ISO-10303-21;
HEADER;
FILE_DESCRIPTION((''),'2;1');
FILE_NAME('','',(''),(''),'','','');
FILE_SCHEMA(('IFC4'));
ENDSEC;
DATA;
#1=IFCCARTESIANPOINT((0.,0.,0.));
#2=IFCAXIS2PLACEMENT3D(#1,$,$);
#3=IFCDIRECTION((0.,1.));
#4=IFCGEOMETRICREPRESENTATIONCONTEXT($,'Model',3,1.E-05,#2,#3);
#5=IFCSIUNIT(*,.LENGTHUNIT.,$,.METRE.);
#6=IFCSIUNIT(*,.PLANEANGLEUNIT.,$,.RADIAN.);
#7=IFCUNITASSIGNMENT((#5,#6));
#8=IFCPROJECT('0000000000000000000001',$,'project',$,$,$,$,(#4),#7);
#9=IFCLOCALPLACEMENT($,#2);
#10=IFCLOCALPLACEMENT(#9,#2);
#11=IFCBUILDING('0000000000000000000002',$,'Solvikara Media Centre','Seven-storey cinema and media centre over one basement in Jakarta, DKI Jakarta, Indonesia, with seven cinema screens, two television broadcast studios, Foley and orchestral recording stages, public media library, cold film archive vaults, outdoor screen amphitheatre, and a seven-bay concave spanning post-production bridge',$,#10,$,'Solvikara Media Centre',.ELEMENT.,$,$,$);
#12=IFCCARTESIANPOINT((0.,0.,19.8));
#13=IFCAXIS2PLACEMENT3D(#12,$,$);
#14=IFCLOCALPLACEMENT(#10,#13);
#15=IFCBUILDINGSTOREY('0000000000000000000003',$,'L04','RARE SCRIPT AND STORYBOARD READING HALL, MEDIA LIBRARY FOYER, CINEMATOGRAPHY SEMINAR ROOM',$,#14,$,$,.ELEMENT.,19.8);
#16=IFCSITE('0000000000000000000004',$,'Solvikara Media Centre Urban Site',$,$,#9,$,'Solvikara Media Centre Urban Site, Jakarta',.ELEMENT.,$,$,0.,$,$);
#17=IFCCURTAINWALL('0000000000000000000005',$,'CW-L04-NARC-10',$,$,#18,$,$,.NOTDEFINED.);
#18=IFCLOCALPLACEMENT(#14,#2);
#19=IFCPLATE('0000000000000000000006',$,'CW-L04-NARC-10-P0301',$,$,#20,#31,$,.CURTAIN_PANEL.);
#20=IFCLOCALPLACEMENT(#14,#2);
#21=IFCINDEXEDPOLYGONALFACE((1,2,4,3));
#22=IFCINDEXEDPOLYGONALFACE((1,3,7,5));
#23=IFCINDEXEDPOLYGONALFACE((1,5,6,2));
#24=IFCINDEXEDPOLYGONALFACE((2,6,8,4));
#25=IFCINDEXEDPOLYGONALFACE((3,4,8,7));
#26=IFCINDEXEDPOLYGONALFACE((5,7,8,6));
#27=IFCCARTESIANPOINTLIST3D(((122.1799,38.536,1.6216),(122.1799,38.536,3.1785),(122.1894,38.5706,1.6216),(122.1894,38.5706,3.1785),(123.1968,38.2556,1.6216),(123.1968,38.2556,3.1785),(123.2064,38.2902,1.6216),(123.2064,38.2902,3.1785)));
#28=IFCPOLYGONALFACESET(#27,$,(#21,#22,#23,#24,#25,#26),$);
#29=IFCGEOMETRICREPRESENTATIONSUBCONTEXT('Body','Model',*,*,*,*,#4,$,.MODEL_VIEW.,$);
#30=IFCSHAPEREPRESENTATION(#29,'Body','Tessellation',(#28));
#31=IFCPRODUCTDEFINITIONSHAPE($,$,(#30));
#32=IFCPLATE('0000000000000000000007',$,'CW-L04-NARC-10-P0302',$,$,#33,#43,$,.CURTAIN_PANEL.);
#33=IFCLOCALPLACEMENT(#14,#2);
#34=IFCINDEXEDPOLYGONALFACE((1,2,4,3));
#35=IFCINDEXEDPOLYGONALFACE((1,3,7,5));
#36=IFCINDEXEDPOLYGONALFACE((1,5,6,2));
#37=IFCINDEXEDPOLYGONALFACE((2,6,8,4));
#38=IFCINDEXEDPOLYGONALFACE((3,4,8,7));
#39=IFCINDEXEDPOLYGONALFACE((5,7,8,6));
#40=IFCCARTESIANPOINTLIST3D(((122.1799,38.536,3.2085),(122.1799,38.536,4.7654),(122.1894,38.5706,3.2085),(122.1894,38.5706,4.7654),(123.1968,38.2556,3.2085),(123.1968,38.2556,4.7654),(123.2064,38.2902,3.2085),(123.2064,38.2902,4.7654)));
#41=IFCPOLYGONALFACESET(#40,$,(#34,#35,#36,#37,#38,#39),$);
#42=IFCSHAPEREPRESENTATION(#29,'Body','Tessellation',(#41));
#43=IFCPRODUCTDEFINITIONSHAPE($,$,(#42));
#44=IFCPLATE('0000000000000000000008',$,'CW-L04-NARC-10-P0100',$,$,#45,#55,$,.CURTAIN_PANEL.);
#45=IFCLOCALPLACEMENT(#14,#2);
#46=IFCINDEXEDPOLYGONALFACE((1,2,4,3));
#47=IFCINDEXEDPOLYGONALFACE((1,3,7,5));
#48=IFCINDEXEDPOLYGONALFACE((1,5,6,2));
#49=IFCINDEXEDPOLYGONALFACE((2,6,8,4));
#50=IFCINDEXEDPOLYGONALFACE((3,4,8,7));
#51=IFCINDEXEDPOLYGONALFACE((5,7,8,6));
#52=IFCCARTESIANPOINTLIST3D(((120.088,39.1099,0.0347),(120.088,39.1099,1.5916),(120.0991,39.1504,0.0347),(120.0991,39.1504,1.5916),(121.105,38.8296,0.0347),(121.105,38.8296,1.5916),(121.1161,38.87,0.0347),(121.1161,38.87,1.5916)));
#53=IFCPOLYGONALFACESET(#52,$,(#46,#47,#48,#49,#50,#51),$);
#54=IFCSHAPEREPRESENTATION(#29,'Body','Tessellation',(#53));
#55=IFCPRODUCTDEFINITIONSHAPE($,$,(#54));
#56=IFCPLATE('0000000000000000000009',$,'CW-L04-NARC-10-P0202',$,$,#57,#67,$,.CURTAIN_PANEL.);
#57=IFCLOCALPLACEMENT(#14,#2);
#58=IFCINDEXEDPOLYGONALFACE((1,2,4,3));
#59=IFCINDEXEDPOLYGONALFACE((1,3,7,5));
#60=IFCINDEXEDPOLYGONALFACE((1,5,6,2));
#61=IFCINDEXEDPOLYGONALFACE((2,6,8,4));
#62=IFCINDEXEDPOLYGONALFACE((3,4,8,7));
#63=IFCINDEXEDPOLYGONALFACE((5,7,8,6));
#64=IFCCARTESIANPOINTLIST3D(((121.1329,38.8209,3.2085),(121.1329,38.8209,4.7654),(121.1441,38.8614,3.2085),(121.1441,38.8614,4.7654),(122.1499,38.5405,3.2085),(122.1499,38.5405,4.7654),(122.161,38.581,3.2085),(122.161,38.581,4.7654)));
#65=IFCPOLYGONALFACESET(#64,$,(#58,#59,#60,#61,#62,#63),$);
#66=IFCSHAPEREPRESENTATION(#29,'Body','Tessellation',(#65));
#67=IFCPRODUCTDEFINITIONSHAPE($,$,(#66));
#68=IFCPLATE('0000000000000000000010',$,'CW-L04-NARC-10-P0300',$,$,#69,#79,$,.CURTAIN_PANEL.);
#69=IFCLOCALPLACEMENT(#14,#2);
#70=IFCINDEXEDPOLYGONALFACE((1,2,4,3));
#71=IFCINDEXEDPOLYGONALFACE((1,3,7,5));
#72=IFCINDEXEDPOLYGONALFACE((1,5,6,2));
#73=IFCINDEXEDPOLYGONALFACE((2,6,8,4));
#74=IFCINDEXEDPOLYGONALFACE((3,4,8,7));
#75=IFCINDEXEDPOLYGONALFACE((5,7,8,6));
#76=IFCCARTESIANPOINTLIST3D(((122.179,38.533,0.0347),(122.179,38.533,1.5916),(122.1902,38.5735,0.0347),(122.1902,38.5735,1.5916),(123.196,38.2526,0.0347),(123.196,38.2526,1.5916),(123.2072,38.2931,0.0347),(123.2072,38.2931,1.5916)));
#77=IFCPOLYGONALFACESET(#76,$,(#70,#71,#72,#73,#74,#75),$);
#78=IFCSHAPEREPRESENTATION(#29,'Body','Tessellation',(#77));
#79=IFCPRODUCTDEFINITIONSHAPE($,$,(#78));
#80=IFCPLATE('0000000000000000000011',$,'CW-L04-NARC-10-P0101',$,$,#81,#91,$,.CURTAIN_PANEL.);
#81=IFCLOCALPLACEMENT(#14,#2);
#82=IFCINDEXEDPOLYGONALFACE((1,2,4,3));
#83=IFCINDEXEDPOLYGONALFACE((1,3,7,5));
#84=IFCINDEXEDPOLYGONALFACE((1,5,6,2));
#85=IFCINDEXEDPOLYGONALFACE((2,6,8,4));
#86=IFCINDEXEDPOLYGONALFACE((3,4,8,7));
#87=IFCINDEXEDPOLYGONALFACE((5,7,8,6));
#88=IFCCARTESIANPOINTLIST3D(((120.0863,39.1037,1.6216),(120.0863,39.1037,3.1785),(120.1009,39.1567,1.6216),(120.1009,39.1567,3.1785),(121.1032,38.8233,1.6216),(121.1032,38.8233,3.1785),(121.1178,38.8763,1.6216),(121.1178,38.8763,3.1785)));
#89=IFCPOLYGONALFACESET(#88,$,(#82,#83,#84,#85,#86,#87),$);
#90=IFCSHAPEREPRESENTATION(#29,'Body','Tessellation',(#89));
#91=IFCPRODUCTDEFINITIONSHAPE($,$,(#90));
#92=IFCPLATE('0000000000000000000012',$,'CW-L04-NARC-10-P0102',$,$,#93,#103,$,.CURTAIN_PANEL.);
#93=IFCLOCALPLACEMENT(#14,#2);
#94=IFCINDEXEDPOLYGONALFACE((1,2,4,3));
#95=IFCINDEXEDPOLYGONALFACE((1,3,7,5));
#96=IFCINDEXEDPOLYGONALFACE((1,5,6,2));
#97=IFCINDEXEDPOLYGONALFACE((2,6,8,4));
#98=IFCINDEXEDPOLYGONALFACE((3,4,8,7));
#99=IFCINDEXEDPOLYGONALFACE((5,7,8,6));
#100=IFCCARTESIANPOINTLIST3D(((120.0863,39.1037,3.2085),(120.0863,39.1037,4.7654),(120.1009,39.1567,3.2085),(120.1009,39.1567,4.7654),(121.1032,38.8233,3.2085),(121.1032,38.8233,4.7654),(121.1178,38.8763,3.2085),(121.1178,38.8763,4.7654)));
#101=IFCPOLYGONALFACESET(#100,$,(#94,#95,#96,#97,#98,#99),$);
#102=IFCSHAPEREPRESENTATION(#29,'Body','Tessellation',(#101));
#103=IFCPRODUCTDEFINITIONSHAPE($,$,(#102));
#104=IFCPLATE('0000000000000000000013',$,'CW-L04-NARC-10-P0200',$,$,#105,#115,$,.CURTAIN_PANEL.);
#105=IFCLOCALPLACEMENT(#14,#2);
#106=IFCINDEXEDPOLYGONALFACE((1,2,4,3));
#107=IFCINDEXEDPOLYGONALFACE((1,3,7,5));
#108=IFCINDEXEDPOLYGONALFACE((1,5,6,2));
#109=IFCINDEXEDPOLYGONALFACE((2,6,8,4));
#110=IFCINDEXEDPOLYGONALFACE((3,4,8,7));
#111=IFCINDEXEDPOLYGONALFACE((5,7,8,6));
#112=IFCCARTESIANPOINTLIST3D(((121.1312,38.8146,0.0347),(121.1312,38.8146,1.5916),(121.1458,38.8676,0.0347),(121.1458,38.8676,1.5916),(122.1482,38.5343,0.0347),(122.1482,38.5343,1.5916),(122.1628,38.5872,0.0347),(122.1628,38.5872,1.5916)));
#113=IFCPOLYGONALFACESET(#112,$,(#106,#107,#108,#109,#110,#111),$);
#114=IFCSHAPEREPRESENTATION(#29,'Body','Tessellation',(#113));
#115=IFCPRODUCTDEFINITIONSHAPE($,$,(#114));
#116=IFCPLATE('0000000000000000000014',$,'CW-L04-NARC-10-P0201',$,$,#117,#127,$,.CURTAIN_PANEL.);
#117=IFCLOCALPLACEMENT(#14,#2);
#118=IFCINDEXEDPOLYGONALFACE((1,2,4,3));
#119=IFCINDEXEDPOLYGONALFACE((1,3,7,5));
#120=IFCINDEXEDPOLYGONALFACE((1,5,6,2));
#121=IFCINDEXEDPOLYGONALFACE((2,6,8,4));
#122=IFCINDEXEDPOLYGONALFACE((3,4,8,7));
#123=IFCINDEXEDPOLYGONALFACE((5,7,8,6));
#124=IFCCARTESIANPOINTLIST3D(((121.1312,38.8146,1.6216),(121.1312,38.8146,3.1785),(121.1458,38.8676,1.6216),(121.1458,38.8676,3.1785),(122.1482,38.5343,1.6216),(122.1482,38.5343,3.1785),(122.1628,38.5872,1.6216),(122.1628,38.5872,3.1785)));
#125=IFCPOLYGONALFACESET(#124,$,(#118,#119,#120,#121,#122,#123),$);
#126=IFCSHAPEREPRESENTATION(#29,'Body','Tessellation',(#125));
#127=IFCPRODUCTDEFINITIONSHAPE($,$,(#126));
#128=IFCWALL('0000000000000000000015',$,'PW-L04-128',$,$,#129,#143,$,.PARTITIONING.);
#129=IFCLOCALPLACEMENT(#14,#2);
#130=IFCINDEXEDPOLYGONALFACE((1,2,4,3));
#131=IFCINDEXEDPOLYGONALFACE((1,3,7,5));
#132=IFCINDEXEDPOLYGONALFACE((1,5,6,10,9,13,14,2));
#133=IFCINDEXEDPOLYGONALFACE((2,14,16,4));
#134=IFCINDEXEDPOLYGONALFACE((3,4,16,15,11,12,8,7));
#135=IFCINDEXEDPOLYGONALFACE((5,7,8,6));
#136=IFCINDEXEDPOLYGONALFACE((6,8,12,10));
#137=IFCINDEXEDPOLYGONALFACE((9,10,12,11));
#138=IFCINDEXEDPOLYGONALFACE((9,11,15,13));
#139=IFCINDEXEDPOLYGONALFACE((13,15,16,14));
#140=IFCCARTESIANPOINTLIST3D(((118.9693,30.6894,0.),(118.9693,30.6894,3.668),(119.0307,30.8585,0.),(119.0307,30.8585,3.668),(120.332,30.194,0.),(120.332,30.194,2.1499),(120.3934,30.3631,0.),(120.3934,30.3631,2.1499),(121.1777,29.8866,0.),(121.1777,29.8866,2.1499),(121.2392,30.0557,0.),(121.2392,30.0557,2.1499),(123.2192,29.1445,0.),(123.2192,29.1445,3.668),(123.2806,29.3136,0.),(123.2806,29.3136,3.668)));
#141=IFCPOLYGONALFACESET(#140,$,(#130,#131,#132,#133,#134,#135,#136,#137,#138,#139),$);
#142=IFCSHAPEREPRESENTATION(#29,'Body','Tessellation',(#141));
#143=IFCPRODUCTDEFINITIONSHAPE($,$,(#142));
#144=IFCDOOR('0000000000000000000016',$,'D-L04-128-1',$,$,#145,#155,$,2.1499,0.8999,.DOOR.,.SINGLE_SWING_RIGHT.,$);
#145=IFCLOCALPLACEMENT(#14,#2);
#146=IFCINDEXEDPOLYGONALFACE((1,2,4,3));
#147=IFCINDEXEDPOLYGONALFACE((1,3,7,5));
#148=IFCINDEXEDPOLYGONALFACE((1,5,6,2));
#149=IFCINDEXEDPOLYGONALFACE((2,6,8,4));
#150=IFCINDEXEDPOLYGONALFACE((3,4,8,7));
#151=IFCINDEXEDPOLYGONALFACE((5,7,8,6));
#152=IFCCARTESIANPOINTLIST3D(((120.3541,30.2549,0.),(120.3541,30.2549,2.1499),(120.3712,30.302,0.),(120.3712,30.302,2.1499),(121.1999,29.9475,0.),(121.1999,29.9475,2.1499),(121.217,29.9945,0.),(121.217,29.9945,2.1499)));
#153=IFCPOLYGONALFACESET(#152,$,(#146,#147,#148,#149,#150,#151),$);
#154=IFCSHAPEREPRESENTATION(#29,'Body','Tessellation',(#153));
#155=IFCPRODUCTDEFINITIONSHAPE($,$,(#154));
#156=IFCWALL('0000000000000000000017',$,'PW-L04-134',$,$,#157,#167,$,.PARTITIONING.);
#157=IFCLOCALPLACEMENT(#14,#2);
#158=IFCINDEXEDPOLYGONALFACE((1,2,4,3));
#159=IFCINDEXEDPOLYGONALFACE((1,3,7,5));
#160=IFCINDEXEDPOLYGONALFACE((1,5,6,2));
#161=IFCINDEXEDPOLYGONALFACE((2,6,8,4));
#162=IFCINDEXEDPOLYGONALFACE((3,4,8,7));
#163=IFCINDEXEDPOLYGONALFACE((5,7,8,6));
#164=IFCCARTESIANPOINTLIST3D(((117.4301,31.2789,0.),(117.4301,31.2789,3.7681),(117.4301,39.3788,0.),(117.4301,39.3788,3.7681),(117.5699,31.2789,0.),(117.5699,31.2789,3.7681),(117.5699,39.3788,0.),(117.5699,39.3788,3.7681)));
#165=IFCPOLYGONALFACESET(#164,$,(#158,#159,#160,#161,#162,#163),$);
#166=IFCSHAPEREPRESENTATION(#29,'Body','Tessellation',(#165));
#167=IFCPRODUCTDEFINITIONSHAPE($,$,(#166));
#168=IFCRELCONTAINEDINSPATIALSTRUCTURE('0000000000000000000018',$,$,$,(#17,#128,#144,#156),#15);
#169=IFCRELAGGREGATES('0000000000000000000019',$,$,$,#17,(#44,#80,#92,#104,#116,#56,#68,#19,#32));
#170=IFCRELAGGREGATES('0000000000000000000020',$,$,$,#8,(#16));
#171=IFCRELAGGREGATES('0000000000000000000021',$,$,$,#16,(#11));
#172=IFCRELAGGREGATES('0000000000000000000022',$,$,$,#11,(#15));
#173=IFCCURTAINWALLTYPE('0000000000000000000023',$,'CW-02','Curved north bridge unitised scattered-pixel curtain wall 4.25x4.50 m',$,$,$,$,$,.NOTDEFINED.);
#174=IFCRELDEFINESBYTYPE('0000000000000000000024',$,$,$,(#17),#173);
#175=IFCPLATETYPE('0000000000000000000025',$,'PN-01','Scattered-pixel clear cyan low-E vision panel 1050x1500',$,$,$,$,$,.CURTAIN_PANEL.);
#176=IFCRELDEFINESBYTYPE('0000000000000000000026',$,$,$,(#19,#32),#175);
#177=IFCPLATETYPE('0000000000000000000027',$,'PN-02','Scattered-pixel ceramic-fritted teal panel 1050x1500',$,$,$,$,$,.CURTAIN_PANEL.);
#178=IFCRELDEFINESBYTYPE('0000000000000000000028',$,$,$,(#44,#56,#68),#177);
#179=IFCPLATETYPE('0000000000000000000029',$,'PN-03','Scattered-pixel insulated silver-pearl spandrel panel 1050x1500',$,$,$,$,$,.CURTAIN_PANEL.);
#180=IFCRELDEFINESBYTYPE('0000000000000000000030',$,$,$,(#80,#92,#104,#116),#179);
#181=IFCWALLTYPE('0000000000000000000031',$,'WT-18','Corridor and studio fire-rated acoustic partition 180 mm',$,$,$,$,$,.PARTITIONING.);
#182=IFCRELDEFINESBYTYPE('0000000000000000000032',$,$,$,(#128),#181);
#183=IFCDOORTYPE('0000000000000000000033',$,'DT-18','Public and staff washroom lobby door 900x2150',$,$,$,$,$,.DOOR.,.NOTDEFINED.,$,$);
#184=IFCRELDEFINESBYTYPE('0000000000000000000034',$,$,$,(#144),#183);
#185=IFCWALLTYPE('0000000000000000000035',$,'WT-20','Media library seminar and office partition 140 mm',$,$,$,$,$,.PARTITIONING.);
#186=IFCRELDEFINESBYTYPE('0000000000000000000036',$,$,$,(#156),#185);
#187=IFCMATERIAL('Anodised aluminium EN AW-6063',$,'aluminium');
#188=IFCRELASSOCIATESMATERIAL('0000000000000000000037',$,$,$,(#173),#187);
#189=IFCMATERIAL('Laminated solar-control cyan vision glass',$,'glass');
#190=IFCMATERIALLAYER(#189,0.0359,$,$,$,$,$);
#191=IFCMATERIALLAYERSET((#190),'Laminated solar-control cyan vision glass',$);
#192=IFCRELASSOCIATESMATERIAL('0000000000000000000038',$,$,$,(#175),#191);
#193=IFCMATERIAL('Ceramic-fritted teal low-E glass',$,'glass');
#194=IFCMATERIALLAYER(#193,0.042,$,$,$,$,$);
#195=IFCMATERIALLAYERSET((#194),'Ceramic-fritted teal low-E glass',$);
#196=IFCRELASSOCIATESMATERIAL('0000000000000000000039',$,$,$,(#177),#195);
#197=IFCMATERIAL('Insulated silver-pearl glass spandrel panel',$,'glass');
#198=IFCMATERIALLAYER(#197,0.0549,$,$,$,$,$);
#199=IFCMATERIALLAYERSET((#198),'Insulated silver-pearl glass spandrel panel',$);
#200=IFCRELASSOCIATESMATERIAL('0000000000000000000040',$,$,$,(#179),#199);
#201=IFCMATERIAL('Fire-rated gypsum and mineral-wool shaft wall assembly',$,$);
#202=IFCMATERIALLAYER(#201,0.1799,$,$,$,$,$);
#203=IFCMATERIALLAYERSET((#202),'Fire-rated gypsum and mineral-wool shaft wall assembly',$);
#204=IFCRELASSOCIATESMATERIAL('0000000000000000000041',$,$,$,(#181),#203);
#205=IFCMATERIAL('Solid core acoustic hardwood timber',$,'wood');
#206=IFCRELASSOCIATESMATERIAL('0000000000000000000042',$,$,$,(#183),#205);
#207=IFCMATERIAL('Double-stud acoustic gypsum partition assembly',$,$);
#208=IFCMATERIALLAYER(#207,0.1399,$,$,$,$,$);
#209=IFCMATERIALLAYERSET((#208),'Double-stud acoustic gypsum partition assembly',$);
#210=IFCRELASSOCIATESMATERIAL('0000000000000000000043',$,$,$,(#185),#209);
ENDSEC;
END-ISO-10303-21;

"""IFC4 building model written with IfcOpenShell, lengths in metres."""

from ifc_helpers import new_model, si_unit, direction, frame, frame_2d, origin, origin_2d, place, context, subcontext, project, spatial, rectangle, extrude, material, layer, layer_set, type_object, element, fill, aggregate, save


model = new_model("IFC4")

# Units and contexts
model_context = context("Model", 3, precision=1e-05, world=origin(), true_north=direction((0.0, 1.0)))
body_context = subcontext(model_context, "Body", "Model", "MODEL_VIEW")
ifc_project = project(units=[si_unit("LENGTHUNIT", "METRE"), si_unit("PLANEANGLEUNIT", "RADIAN")], contexts=[model_context])

# Site, building, storey
site_placement = place(None, origin())
site = spatial("IfcSite", under=ifc_project, at=site_placement, Name="Solvikara Media Centre Urban Site", LongName="Solvikara Media Centre Urban Site, Jakarta", CompositionType="ELEMENT", RefElevation=0.0)
building_placement = place(site_placement, origin())
building = spatial("IfcBuilding", under=site, at=building_placement, Name="Solvikara Media Centre", Description="Seven-storey cinema and media centre over one basement in Jakarta, DKI Jakarta, Indonesia, with seven cinema screens, two television broadcast studios, Foley and orchestral recording stages, public media library, cold film archive vaults, outdoor screen amphitheatre, and a seven-bay concave spanning post-production bridge", LongName="Solvikara Media Centre", CompositionType="ELEMENT")
storey_placement = place(building_placement, frame((0.0, 0.0, 19.8)))
storey = spatial("IfcBuildingStorey", under=building, at=storey_placement, Name="L04", Description="RARE SCRIPT AND STORYBOARD READING HALL, MEDIA LIBRARY FOYER, CINEMATOGRAPHY SEMINAR ROOM", CompositionType="ELEMENT", Elevation=19.8)

# Curtain wall
ifc_material_1 = material(Name="Anodised aluminium EN AW-6063", Category="aluminium")
curtain_wall_type = type_object("IfcCurtainWallType", Name="CW-02", Description="Curved north bridge unitised scattered-pixel curtain wall 4.25x4.50 m", PredefinedType="NOTDEFINED", material=ifc_material_1)
curtain_wall_placement = place(storey_placement, origin())
curtain_wall = element("IfcCurtainWall", 1, at=curtain_wall_placement, inside=storey, type_object=curtain_wall_type, Name="CW-L04-NARC-10", PredefinedType="NOTDEFINED")

# Plates
ifc_material_2 = material(Name="Laminated solar-control cyan vision glass", Category="glass")
ifc_layer_1 = layer(ifc_material_2, 0.0359)
ifc_layer_set_1 = layer_set([ifc_layer_1], Name="Laminated solar-control cyan vision glass")
plate_type_1 = type_object("IfcPlateType", Name="PN-01", Description="Scattered-pixel clear cyan low-E vision panel 1050x1500", PredefinedType="CURTAIN_PANEL", material=ifc_layer_set_1)
plate_1_placement = place(storey_placement, frame((122.6931, 38.4131, 1.6216), z_axis=(0.0, 0.0, 1.0), x_axis=(0.96403, -0.265792, 0.0)))
plate_1 = element("IfcPlate", 2, at=plate_1_placement, type_object=plate_type_1, Name="CW-L04-NARC-10-P0301", PredefinedType="CURTAIN_PANEL", context=body_context, shape_type="SweptSolid", body=[
    extrude(rectangle(XDim=1.0549, YDim=0.0359, at=origin_2d()), origin(), (0.0, 0.0, 1.0), 1.5569),
])
plate_2_placement = place(storey_placement, frame((122.6931, 38.4131, 3.2085), z_axis=(0.0, 0.0, 1.0), x_axis=(0.96403, -0.265792, 0.0)))
plate_2 = element("IfcPlate", 3, at=plate_2_placement, type_object=plate_type_1, Name="CW-L04-NARC-10-P0302", PredefinedType="CURTAIN_PANEL", context=body_context, shape_type="SweptSolid", body=[
    extrude(rectangle(XDim=1.0549, YDim=0.0359, at=origin_2d()), origin(), (0.0, 0.0, 1.0), 1.5569),
])
ifc_material_3 = material(Name="Ceramic-fritted teal low-E glass", Category="glass")
ifc_layer_2 = layer(ifc_material_3, 0.042)
ifc_layer_set_2 = layer_set([ifc_layer_2], Name="Ceramic-fritted teal low-E glass")
plate_type_2 = type_object("IfcPlateType", Name="PN-02", Description="Scattered-pixel ceramic-fritted teal panel 1050x1500", PredefinedType="CURTAIN_PANEL", material=ifc_layer_set_2)
plate_3_placement = place(storey_placement, frame((120.6021, 38.99, 0.0347), z_axis=(0.0, 0.0, 1.0), x_axis=(0.96403, -0.265792, 0.0)))
plate_3 = element("IfcPlate", 4, at=plate_3_placement, type_object=plate_type_2, Name="CW-L04-NARC-10-P0100", PredefinedType="CURTAIN_PANEL", context=body_context, shape_type="SweptSolid", body=[
    extrude(rectangle(XDim=1.0549, YDim=0.042, at=origin_2d()), origin(), (0.0, 0.0, 1.0), 1.5569),
])
plate_4_placement = place(storey_placement, frame((121.647, 38.7009, 3.2085), z_axis=(0.0, 0.0, 1.0), x_axis=(0.96403, -0.265792, 0.0)))
plate_4 = element("IfcPlate", 5, at=plate_4_placement, type_object=plate_type_2, Name="CW-L04-NARC-10-P0202", PredefinedType="CURTAIN_PANEL", context=body_context, shape_type="SweptSolid", body=[
    extrude(rectangle(XDim=1.0549, YDim=0.042, at=origin_2d()), origin(), (0.0, 0.0, 1.0), 1.5569),
])
plate_5_placement = place(storey_placement, frame((122.6931, 38.4131, 0.0347), z_axis=(0.0, 0.0, 1.0), x_axis=(0.96403, -0.265792, 0.0)))
plate_5 = element("IfcPlate", 6, at=plate_5_placement, type_object=plate_type_2, Name="CW-L04-NARC-10-P0300", PredefinedType="CURTAIN_PANEL", context=body_context, shape_type="SweptSolid", body=[
    extrude(rectangle(XDim=1.0549, YDim=0.042, at=origin_2d()), origin(), (0.0, 0.0, 1.0), 1.5569),
])
ifc_material_4 = material(Name="Insulated silver-pearl glass spandrel panel", Category="glass")
ifc_layer_3 = layer(ifc_material_4, 0.0549)
ifc_layer_set_3 = layer_set([ifc_layer_3], Name="Insulated silver-pearl glass spandrel panel")
plate_type_3 = type_object("IfcPlateType", Name="PN-03", Description="Scattered-pixel insulated silver-pearl spandrel panel 1050x1500", PredefinedType="CURTAIN_PANEL", material=ifc_layer_set_3)
plate_6_placement = place(storey_placement, frame((120.6021, 38.99, 1.6216), z_axis=(0.0, 0.0, 1.0), x_axis=(0.96403, -0.265792, 0.0)))
plate_6 = element("IfcPlate", 7, at=plate_6_placement, type_object=plate_type_3, Name="CW-L04-NARC-10-P0101", PredefinedType="CURTAIN_PANEL", context=body_context, shape_type="SweptSolid", body=[
    extrude(rectangle(XDim=1.0549, YDim=0.0549, at=origin_2d()), origin(), (0.0, 0.0, 1.0), 1.5569),
])
plate_7_placement = place(storey_placement, frame((120.6021, 38.99, 3.2085), z_axis=(0.0, 0.0, 1.0), x_axis=(0.96403, -0.265792, 0.0)))
plate_7 = element("IfcPlate", 8, at=plate_7_placement, type_object=plate_type_3, Name="CW-L04-NARC-10-P0102", PredefinedType="CURTAIN_PANEL", context=body_context, shape_type="SweptSolid", body=[
    extrude(rectangle(XDim=1.0549, YDim=0.0549, at=origin_2d()), origin(), (0.0, 0.0, 1.0), 1.5569),
])
plate_8_placement = place(storey_placement, frame((121.647, 38.7009, 0.0347), z_axis=(0.0, 0.0, 1.0), x_axis=(0.96403, -0.265792, 0.0)))
plate_8 = element("IfcPlate", 9, at=plate_8_placement, type_object=plate_type_3, Name="CW-L04-NARC-10-P0200", PredefinedType="CURTAIN_PANEL", context=body_context, shape_type="SweptSolid", body=[
    extrude(rectangle(XDim=1.0549, YDim=0.0549, at=origin_2d()), origin(), (0.0, 0.0, 1.0), 1.5569),
])
plate_9_placement = place(storey_placement, frame((121.647, 38.7009, 1.6216), z_axis=(0.0, 0.0, 1.0), x_axis=(0.96403, -0.265792, 0.0)))
plate_9 = element("IfcPlate", 10, at=plate_9_placement, type_object=plate_type_3, Name="CW-L04-NARC-10-P0201", PredefinedType="CURTAIN_PANEL", context=body_context, shape_type="SweptSolid", body=[
    extrude(rectangle(XDim=1.0549, YDim=0.0549, at=origin_2d()), origin(), (0.0, 0.0, 1.0), 1.5569),
])
aggregate(curtain_wall, [plate_3, plate_6, plate_7, plate_8, plate_9, plate_4, plate_5, plate_1, plate_2])

# Wall, opening, door
ifc_material_5 = material(Name="Fire-rated gypsum and mineral-wool shaft wall assembly")
ifc_layer_4 = layer(ifc_material_5, 0.1799)
ifc_layer_set_4 = layer_set([ifc_layer_4], Name="Fire-rated gypsum and mineral-wool shaft wall assembly")
wall_type_1 = type_object("IfcWallType", Name="WT-18", Description="Corridor and studio fire-rated acoustic partition 180 mm", PredefinedType="PARTITIONING", material=ifc_layer_set_4)
wall_1_placement = place(storey_placement, frame((119.0, 30.7739, 0.0), z_axis=(0.0, 0.0, 1.0), x_axis=(0.939831, -0.341639, 0.0)))
wall_1 = element("IfcWall", 11, at=wall_1_placement, inside=storey, type_object=wall_type_1, Name="PW-L04-128", PredefinedType="PARTITIONING", context=body_context, shape_type="SweptSolid", body=[
    extrude(rectangle(XDim=4.522, YDim=0.1799, at=frame_2d((2.261, 0.0))), origin(), (0.0, 0.0, 1.0), 3.668),
])
opening_1_placement = place(wall_1_placement, frame((1.45, 0.0, 0.0)))
opening_1 = element("IfcOpeningElement", 12, at=opening_1_placement, cuts=wall_1, PredefinedType="OPENING", context=body_context, shape_type="SweptSolid", body=[
    extrude(rectangle(XDim=0.8999, YDim=2.1499, at=frame_2d((0.45, 1.075))), frame((0.0, 0.1021, 0.0), z_axis=(0.0, -1.0, 0.0), x_axis=(1.0, 0.0, 0.0)), (0.0, 0.0, 1.0), 0.2039),
])
ifc_material_6 = material(Name="Solid core acoustic hardwood timber", Category="wood")
door_type = type_object("IfcDoorType", Name="DT-18", Description="Public and staff washroom lobby door 900x2150", OperationType="NOTDEFINED", PredefinedType="DOOR", material=ifc_material_6)
door_1_placement = place(opening_1_placement, origin())
door_1 = element("IfcDoor", 13, at=door_1_placement, inside=storey, type_object=door_type, Name="D-L04-128-1", OperationType="SINGLE_SWING_RIGHT", OverallHeight=2.1499, OverallWidth=0.8999, PredefinedType="DOOR", context=body_context, shape_type="SweptSolid", body=[
    extrude(rectangle(XDim=0.8999, YDim=2.1499, at=frame_2d((0.45, 1.075))), frame((0.0, 0.0249, 0.0), z_axis=(0.0, -1.0, 0.0), x_axis=(1.0, 0.0, 0.0)), (0.0, 0.0, 1.0), 0.05),
])
fill(opening_1, door_1)

# Wall
ifc_material_7 = material(Name="Double-stud acoustic gypsum partition assembly")
ifc_layer_5 = layer(ifc_material_7, 0.1399)
ifc_layer_set_5 = layer_set([ifc_layer_5], Name="Double-stud acoustic gypsum partition assembly")
wall_type_2 = type_object("IfcWallType", Name="WT-20", Description="Media library seminar and office partition 140 mm", PredefinedType="PARTITIONING", material=ifc_layer_set_5)
wall_2_placement = place(storey_placement, frame((117.5, 31.2791, 0.0), z_axis=(0.0, 0.0, 1.0), x_axis=(0.0, 1.0, 0.0)))
element("IfcWall", 14, at=wall_2_placement, inside=storey, type_object=wall_type_2, Name="PW-L04-134", PredefinedType="PARTITIONING", context=body_context, shape_type="SweptSolid", body=[
    extrude(rectangle(XDim=8.0999, YDim=0.1399, at=frame_2d((4.0498, 0.0))), origin(), (0.0, 0.0, 1.0), 3.7681),
])

save(model, "model.ifc")
